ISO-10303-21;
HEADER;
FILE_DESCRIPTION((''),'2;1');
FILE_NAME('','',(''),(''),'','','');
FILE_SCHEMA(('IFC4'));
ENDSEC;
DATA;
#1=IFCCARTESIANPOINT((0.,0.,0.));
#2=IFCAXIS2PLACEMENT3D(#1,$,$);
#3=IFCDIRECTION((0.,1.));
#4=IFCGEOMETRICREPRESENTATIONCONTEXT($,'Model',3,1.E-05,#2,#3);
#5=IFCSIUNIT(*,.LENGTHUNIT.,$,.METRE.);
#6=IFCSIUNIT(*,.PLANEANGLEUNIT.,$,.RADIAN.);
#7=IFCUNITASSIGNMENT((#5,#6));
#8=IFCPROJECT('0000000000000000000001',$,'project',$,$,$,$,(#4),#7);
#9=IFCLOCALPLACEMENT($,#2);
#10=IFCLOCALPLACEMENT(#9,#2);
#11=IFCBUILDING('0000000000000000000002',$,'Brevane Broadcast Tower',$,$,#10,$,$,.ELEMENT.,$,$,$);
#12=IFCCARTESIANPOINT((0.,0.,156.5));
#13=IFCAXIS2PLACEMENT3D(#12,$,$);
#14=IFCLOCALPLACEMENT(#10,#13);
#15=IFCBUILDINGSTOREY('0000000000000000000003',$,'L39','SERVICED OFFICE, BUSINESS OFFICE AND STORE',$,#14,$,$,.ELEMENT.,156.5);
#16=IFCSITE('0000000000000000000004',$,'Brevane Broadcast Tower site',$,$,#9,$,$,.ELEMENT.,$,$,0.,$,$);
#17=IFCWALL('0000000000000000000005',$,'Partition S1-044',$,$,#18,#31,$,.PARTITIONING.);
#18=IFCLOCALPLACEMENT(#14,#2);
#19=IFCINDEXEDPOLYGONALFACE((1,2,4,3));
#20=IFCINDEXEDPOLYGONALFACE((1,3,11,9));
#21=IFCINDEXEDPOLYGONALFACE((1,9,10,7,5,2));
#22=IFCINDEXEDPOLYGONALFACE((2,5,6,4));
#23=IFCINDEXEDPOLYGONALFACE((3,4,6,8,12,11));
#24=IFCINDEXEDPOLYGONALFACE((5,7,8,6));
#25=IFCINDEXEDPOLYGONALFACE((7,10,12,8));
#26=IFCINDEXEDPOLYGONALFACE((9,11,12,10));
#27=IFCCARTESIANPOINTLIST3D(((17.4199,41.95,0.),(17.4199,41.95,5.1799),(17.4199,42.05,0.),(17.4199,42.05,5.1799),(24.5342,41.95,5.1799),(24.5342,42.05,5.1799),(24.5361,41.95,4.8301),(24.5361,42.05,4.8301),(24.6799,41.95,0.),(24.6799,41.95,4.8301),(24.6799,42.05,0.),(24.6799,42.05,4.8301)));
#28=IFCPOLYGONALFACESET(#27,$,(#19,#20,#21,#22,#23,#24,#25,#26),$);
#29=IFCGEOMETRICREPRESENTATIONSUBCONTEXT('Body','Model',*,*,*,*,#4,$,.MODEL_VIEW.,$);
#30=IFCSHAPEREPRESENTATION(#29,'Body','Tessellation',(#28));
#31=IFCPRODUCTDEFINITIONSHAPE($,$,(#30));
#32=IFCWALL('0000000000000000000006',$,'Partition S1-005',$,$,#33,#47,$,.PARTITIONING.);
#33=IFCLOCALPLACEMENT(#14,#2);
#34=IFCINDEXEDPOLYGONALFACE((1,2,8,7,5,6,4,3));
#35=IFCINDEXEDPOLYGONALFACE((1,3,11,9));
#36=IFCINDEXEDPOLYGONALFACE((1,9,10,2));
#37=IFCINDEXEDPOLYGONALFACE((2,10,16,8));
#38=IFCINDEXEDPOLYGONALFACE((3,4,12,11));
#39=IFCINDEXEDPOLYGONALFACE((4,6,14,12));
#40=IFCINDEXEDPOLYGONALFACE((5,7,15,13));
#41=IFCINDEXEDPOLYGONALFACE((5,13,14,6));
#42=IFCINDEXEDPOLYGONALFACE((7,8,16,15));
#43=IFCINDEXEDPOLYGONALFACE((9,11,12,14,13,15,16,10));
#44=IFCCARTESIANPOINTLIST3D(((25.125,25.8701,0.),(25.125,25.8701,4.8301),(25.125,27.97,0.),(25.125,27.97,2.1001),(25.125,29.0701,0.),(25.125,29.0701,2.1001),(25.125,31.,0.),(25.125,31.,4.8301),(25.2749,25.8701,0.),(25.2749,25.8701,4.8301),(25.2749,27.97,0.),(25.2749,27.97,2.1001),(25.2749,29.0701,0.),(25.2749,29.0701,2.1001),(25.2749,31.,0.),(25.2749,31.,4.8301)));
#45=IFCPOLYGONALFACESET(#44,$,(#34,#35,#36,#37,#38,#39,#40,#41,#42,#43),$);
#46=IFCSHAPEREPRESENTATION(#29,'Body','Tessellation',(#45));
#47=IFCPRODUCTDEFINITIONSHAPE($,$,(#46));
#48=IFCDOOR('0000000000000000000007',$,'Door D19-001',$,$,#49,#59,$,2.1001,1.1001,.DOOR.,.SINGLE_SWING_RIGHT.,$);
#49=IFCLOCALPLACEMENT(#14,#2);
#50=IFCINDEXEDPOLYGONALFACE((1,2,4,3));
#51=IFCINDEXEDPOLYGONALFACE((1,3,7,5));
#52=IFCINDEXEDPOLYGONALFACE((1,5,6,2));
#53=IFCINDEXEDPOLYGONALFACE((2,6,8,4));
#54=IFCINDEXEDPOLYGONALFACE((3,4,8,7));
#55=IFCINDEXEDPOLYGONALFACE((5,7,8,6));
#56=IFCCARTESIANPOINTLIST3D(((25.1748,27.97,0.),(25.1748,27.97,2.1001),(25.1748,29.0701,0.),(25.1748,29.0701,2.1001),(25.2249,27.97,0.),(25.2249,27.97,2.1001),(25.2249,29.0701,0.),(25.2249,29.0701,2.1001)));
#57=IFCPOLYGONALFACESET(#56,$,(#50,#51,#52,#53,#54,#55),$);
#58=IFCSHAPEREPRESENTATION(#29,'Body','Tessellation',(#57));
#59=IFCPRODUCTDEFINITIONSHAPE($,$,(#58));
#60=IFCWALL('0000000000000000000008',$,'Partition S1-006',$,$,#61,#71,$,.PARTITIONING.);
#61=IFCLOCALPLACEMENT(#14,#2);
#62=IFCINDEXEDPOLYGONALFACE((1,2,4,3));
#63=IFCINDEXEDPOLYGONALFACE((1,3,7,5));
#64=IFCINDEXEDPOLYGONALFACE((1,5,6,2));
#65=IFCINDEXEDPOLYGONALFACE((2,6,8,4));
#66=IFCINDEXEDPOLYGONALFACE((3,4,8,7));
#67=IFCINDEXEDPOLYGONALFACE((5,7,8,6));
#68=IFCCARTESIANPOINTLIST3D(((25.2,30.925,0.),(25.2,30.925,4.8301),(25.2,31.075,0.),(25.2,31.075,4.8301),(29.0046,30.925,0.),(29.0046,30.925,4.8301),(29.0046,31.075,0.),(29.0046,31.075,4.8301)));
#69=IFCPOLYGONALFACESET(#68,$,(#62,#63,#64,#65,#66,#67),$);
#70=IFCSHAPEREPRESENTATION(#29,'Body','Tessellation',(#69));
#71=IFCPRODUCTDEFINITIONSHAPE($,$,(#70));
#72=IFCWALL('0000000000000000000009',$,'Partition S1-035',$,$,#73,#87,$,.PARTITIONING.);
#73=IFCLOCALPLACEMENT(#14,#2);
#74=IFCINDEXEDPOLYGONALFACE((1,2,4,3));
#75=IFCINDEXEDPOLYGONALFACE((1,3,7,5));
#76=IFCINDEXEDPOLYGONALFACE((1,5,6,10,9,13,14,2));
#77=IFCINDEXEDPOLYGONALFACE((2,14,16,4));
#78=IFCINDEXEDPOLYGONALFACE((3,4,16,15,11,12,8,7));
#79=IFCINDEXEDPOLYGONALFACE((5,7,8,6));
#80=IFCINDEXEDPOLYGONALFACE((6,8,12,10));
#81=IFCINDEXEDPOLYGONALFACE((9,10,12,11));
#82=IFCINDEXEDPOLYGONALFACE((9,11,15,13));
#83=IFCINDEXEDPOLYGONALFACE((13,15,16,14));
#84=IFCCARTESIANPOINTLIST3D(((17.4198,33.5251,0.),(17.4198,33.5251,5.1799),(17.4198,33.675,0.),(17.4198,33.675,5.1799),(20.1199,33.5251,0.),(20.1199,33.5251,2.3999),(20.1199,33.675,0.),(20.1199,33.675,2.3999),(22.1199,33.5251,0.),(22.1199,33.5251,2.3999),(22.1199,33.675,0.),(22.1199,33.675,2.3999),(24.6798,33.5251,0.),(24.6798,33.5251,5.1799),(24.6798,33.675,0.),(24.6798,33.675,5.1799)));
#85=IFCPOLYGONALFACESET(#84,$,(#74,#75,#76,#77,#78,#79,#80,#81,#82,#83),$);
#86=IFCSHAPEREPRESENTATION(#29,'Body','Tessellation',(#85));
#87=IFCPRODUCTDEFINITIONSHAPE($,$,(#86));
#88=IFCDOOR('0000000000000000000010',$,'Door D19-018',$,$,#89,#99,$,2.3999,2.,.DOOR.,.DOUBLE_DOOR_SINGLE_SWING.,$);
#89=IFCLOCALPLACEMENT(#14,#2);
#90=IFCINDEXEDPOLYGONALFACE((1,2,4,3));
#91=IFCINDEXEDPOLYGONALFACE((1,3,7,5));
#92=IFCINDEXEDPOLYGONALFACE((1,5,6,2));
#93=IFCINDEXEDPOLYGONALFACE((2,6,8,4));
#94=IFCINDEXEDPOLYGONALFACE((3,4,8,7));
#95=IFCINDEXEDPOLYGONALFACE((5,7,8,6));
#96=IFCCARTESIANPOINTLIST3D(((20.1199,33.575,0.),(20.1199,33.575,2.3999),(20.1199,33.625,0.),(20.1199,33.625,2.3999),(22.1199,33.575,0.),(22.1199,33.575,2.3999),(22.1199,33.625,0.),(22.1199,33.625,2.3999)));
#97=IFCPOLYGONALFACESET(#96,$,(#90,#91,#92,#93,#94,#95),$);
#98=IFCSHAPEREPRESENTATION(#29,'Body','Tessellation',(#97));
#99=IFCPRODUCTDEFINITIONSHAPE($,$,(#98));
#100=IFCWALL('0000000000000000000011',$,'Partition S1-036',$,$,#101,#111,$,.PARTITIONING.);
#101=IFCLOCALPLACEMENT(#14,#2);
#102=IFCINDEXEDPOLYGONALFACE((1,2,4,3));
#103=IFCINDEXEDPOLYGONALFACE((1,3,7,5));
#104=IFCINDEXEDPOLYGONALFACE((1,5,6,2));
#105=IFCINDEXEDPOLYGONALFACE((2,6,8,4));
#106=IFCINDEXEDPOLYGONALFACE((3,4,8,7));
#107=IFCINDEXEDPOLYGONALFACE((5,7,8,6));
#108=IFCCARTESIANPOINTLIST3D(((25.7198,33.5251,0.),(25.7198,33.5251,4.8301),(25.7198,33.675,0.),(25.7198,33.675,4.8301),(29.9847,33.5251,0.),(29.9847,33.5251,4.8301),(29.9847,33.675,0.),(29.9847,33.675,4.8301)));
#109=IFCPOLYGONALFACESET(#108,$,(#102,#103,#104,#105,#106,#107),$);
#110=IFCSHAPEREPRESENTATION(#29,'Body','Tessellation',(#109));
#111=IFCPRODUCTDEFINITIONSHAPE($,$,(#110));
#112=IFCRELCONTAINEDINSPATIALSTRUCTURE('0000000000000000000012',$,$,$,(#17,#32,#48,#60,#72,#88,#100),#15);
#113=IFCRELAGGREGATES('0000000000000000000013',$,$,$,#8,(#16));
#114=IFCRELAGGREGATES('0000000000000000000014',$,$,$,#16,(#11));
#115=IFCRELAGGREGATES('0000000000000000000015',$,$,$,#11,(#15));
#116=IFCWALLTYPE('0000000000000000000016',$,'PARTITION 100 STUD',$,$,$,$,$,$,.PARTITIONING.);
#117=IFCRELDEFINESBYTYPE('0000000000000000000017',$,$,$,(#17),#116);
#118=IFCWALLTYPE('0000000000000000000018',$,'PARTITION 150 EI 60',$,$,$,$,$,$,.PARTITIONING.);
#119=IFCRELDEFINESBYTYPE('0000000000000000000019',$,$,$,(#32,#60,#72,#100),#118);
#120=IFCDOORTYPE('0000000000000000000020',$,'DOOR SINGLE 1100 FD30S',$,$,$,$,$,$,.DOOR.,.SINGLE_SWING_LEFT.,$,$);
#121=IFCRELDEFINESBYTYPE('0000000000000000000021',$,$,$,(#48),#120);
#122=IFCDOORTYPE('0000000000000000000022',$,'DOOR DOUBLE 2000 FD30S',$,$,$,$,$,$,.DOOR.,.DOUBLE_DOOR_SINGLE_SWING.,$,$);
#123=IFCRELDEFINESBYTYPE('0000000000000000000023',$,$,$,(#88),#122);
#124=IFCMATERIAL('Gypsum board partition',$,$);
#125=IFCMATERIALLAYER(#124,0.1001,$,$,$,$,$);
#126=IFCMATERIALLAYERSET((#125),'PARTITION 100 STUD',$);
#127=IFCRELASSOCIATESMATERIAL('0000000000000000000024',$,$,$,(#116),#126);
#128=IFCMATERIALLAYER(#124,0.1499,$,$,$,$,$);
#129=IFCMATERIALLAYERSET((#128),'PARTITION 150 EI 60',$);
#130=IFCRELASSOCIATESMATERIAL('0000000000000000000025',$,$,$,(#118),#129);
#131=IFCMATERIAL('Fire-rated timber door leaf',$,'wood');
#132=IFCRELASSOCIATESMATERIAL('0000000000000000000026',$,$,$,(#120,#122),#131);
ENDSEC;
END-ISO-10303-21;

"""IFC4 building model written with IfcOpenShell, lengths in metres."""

from ifc_helpers import new_model, si_unit, direction, frame, frame_2d, origin, place, context, subcontext, project, spatial, polyline, rectangle, outline, extrude, material, layer, layer_set, type_object, element, fill, save


model = new_model("IFC4")

# Units and contexts
model_context = context("Model", 3, precision=1e-05, world=origin(), true_north=direction((0.0, 1.0)))
body_context = subcontext(model_context, "Body", "Model", "MODEL_VIEW")
ifc_project = project(units=[si_unit("LENGTHUNIT", "METRE"), si_unit("PLANEANGLEUNIT", "RADIAN")], contexts=[model_context])

# Site, building, storey
site_placement = place(None, origin())
site = spatial("IfcSite", under=ifc_project, at=site_placement, Name="Brevane Broadcast Tower site", CompositionType="ELEMENT", RefElevation=0.0)
building_placement = place(site_placement, origin())
building = spatial("IfcBuilding", under=site, at=building_placement, Name="Brevane Broadcast Tower", CompositionType="ELEMENT")
storey_placement = place(building_placement, frame((0.0, 0.0, 156.5)))
storey = spatial("IfcBuildingStorey", under=building, at=storey_placement, Name="L39", Description="SERVICED OFFICE, BUSINESS OFFICE AND STORE", CompositionType="ELEMENT", Elevation=156.5)

# Wall
ifc_material_1 = material(Name="Gypsum board partition")
ifc_layer_1 = layer(ifc_material_1, 0.1001)
ifc_layer_set_1 = layer_set([ifc_layer_1], Name="PARTITION 100 STUD")
wall_type_1 = type_object("IfcWallType", Name="PARTITION 100 STUD", PredefinedType="PARTITIONING", material=ifc_layer_set_1)
wall_1_placement = place(storey_placement, frame((24.6799, 42.0, 0.0), z_axis=(0.0, 0.0, 1.0), x_axis=(-1.0, 0.0, 0.0)))
element("IfcWall", 1, at=wall_1_placement, inside=storey, type_object=wall_type_1, Name="Partition S1-044", PredefinedType="PARTITIONING", context=body_context, shape_type="SweptSolid", body=[
    extrude(outline(polyline([(0.0, 0.0), (7.26, 0.0), (7.26, 5.1799), (0.1458, 5.1799), (0.1438, 4.8301), (0.0, 4.8301), (0.0, 0.0)])), frame((0.0, 0.05, 0.0), z_axis=(0.0, -1.0, 0.0), x_axis=(1.0, 0.0, 0.0)), (0.0, 0.0, 1.0), 0.1001),
])

# Wall, opening, door
ifc_layer_2 = layer(ifc_material_1, 0.1499)
ifc_layer_set_2 = layer_set([ifc_layer_2], Name="PARTITION 150 EI 60")
wall_type_2 = type_object("IfcWallType", Name="PARTITION 150 EI 60", PredefinedType="PARTITIONING", material=ifc_layer_set_2)
wall_2_placement = place(storey_placement, frame((25.2, 31.0, 0.0), z_axis=(0.0, 0.0, 1.0), x_axis=(0.0, -1.0, 0.0)))
wall_2 = element("IfcWall", 2, at=wall_2_placement, inside=storey, type_object=wall_type_2, Name="Partition S1-005", PredefinedType="PARTITIONING", context=body_context, shape_type="SweptSolid", body=[
    extrude(outline(polyline([(0.0, 0.0), (5.1299, 0.0), (5.1299, 4.8301), (0.0, 4.8301), (0.0, 0.0)])), frame((0.0, 0.075, 0.0), z_axis=(0.0, -1.0, 0.0), x_axis=(1.0, 0.0, 0.0)), (0.0, 0.0, 1.0), 0.1499),
])
opening_1_placement = place(wall_2_placement, frame((1.9299, 0.0, 0.0)))
opening_1 = element("IfcOpeningElement", 3, at=opening_1_placement, cuts=wall_2, PredefinedType="OPENING", context=body_context, shape_type="SweptSolid", body=[
    extrude(rectangle(XDim=1.1001, YDim=2.1001, at=frame_2d((0.55, 1.05))), frame((0.0, 0.085, 0.0), z_axis=(0.0, -1.0, 0.0), x_axis=(1.0, 0.0, 0.0)), (0.0, 0.0, 1.0), 0.1699),
])
ifc_material_2 = material(Name="Fire-rated timber door leaf", Category="wood")
door_type_1 = type_object("IfcDoorType", Name="DOOR SINGLE 1100 FD30S", OperationType="SINGLE_SWING_LEFT", PredefinedType="DOOR", material=ifc_material_2)
door_1_placement = place(opening_1_placement, origin())
door_1 = element("IfcDoor", 4, at=door_1_placement, inside=storey, type_object=door_type_1, Name="Door D19-001", OperationType="SINGLE_SWING_RIGHT", OverallHeight=2.1001, OverallWidth=1.1001, PredefinedType="DOOR", context=body_context, shape_type="SweptSolid", body=[
    extrude(rectangle(XDim=1.1001, YDim=2.1001, at=frame_2d((0.55, 1.05))), frame((0.0, 0.0249, 0.0), z_axis=(0.0, -1.0, 0.0), x_axis=(1.0, 0.0, 0.0)), (0.0, 0.0, 1.0), 0.05),
])
fill(opening_1, door_1)

# Wall
wall_3_placement = place(storey_placement, frame((25.2, 31.0, 0.0), z_axis=(0.0, 0.0, 1.0), x_axis=(1.0, 0.0, 0.0)))
element("IfcWall", 5, at=wall_3_placement, inside=storey, type_object=wall_type_2, Name="Partition S1-006", PredefinedType="PARTITIONING", context=body_context, shape_type="SweptSolid", body=[
    extrude(rectangle(XDim=3.8047, YDim=0.1499, at=frame_2d((1.9023, 0.0))), origin(), (0.0, 0.0, 1.0), 4.8301),
])

# Wall, opening, door
wall_4_placement = place(storey_placement, frame((17.4199, 33.6001, 0.0), z_axis=(0.0, 0.0, 1.0), x_axis=(1.0, 0.0, 0.0)))
wall_4 = element("IfcWall", 6, at=wall_4_placement, inside=storey, type_object=wall_type_2, Name="Partition S1-035", PredefinedType="PARTITIONING", context=body_context, shape_type="SweptSolid", body=[
    extrude(rectangle(XDim=7.26, YDim=0.1499, at=frame_2d((3.6299, 0.0))), origin(), (0.0, 0.0, 1.0), 5.1799),
])
opening_2_placement = place(wall_4_placement, frame((2.7, 0.0, 0.0)))
opening_2 = element("IfcOpeningElement", 7, at=opening_2_placement, cuts=wall_4, PredefinedType="OPENING", context=body_context, shape_type="SweptSolid", body=[
    extrude(rectangle(XDim=2.0, YDim=2.3999, at=frame_2d((1.0, 1.2))), frame((0.0, 0.085, 0.0), z_axis=(0.0, -1.0, 0.0), x_axis=(1.0, 0.0, 0.0)), (0.0, 0.0, 1.0), 0.1699),
])
door_type_2 = type_object("IfcDoorType", Name="DOOR DOUBLE 2000 FD30S", OperationType="DOUBLE_DOOR_SINGLE_SWING", PredefinedType="DOOR", material=ifc_material_2)
door_2_placement = place(opening_2_placement, origin())
door_2 = element("IfcDoor", 8, at=door_2_placement, inside=storey, type_object=door_type_2, Name="Door D19-018", OperationType="DOUBLE_DOOR_SINGLE_SWING", OverallHeight=2.3999, OverallWidth=2.0, PredefinedType="DOOR", context=body_context, shape_type="SweptSolid", body=[
    extrude(rectangle(XDim=2.0, YDim=2.3999, at=frame_2d((1.0, 1.2))), frame((0.0, 0.0249, 0.0), z_axis=(0.0, -1.0, 0.0), x_axis=(1.0, 0.0, 0.0)), (0.0, 0.0, 1.0), 0.05),
])
fill(opening_2, door_2)

# Wall
wall_5_placement = place(storey_placement, frame((25.72, 33.6001, 0.0), z_axis=(0.0, 0.0, 1.0), x_axis=(1.0, 0.0, 0.0)))
element("IfcWall", 9, at=wall_5_placement, inside=storey, type_object=wall_type_2, Name="Partition S1-036", PredefinedType="PARTITIONING", context=body_context, shape_type="SweptSolid", body=[
    extrude(rectangle(XDim=4.2649, YDim=0.1499, at=frame_2d((2.1323, 0.0))), origin(), (0.0, 0.0, 1.0), 4.8301),
])

save(model, "model.ifc")
